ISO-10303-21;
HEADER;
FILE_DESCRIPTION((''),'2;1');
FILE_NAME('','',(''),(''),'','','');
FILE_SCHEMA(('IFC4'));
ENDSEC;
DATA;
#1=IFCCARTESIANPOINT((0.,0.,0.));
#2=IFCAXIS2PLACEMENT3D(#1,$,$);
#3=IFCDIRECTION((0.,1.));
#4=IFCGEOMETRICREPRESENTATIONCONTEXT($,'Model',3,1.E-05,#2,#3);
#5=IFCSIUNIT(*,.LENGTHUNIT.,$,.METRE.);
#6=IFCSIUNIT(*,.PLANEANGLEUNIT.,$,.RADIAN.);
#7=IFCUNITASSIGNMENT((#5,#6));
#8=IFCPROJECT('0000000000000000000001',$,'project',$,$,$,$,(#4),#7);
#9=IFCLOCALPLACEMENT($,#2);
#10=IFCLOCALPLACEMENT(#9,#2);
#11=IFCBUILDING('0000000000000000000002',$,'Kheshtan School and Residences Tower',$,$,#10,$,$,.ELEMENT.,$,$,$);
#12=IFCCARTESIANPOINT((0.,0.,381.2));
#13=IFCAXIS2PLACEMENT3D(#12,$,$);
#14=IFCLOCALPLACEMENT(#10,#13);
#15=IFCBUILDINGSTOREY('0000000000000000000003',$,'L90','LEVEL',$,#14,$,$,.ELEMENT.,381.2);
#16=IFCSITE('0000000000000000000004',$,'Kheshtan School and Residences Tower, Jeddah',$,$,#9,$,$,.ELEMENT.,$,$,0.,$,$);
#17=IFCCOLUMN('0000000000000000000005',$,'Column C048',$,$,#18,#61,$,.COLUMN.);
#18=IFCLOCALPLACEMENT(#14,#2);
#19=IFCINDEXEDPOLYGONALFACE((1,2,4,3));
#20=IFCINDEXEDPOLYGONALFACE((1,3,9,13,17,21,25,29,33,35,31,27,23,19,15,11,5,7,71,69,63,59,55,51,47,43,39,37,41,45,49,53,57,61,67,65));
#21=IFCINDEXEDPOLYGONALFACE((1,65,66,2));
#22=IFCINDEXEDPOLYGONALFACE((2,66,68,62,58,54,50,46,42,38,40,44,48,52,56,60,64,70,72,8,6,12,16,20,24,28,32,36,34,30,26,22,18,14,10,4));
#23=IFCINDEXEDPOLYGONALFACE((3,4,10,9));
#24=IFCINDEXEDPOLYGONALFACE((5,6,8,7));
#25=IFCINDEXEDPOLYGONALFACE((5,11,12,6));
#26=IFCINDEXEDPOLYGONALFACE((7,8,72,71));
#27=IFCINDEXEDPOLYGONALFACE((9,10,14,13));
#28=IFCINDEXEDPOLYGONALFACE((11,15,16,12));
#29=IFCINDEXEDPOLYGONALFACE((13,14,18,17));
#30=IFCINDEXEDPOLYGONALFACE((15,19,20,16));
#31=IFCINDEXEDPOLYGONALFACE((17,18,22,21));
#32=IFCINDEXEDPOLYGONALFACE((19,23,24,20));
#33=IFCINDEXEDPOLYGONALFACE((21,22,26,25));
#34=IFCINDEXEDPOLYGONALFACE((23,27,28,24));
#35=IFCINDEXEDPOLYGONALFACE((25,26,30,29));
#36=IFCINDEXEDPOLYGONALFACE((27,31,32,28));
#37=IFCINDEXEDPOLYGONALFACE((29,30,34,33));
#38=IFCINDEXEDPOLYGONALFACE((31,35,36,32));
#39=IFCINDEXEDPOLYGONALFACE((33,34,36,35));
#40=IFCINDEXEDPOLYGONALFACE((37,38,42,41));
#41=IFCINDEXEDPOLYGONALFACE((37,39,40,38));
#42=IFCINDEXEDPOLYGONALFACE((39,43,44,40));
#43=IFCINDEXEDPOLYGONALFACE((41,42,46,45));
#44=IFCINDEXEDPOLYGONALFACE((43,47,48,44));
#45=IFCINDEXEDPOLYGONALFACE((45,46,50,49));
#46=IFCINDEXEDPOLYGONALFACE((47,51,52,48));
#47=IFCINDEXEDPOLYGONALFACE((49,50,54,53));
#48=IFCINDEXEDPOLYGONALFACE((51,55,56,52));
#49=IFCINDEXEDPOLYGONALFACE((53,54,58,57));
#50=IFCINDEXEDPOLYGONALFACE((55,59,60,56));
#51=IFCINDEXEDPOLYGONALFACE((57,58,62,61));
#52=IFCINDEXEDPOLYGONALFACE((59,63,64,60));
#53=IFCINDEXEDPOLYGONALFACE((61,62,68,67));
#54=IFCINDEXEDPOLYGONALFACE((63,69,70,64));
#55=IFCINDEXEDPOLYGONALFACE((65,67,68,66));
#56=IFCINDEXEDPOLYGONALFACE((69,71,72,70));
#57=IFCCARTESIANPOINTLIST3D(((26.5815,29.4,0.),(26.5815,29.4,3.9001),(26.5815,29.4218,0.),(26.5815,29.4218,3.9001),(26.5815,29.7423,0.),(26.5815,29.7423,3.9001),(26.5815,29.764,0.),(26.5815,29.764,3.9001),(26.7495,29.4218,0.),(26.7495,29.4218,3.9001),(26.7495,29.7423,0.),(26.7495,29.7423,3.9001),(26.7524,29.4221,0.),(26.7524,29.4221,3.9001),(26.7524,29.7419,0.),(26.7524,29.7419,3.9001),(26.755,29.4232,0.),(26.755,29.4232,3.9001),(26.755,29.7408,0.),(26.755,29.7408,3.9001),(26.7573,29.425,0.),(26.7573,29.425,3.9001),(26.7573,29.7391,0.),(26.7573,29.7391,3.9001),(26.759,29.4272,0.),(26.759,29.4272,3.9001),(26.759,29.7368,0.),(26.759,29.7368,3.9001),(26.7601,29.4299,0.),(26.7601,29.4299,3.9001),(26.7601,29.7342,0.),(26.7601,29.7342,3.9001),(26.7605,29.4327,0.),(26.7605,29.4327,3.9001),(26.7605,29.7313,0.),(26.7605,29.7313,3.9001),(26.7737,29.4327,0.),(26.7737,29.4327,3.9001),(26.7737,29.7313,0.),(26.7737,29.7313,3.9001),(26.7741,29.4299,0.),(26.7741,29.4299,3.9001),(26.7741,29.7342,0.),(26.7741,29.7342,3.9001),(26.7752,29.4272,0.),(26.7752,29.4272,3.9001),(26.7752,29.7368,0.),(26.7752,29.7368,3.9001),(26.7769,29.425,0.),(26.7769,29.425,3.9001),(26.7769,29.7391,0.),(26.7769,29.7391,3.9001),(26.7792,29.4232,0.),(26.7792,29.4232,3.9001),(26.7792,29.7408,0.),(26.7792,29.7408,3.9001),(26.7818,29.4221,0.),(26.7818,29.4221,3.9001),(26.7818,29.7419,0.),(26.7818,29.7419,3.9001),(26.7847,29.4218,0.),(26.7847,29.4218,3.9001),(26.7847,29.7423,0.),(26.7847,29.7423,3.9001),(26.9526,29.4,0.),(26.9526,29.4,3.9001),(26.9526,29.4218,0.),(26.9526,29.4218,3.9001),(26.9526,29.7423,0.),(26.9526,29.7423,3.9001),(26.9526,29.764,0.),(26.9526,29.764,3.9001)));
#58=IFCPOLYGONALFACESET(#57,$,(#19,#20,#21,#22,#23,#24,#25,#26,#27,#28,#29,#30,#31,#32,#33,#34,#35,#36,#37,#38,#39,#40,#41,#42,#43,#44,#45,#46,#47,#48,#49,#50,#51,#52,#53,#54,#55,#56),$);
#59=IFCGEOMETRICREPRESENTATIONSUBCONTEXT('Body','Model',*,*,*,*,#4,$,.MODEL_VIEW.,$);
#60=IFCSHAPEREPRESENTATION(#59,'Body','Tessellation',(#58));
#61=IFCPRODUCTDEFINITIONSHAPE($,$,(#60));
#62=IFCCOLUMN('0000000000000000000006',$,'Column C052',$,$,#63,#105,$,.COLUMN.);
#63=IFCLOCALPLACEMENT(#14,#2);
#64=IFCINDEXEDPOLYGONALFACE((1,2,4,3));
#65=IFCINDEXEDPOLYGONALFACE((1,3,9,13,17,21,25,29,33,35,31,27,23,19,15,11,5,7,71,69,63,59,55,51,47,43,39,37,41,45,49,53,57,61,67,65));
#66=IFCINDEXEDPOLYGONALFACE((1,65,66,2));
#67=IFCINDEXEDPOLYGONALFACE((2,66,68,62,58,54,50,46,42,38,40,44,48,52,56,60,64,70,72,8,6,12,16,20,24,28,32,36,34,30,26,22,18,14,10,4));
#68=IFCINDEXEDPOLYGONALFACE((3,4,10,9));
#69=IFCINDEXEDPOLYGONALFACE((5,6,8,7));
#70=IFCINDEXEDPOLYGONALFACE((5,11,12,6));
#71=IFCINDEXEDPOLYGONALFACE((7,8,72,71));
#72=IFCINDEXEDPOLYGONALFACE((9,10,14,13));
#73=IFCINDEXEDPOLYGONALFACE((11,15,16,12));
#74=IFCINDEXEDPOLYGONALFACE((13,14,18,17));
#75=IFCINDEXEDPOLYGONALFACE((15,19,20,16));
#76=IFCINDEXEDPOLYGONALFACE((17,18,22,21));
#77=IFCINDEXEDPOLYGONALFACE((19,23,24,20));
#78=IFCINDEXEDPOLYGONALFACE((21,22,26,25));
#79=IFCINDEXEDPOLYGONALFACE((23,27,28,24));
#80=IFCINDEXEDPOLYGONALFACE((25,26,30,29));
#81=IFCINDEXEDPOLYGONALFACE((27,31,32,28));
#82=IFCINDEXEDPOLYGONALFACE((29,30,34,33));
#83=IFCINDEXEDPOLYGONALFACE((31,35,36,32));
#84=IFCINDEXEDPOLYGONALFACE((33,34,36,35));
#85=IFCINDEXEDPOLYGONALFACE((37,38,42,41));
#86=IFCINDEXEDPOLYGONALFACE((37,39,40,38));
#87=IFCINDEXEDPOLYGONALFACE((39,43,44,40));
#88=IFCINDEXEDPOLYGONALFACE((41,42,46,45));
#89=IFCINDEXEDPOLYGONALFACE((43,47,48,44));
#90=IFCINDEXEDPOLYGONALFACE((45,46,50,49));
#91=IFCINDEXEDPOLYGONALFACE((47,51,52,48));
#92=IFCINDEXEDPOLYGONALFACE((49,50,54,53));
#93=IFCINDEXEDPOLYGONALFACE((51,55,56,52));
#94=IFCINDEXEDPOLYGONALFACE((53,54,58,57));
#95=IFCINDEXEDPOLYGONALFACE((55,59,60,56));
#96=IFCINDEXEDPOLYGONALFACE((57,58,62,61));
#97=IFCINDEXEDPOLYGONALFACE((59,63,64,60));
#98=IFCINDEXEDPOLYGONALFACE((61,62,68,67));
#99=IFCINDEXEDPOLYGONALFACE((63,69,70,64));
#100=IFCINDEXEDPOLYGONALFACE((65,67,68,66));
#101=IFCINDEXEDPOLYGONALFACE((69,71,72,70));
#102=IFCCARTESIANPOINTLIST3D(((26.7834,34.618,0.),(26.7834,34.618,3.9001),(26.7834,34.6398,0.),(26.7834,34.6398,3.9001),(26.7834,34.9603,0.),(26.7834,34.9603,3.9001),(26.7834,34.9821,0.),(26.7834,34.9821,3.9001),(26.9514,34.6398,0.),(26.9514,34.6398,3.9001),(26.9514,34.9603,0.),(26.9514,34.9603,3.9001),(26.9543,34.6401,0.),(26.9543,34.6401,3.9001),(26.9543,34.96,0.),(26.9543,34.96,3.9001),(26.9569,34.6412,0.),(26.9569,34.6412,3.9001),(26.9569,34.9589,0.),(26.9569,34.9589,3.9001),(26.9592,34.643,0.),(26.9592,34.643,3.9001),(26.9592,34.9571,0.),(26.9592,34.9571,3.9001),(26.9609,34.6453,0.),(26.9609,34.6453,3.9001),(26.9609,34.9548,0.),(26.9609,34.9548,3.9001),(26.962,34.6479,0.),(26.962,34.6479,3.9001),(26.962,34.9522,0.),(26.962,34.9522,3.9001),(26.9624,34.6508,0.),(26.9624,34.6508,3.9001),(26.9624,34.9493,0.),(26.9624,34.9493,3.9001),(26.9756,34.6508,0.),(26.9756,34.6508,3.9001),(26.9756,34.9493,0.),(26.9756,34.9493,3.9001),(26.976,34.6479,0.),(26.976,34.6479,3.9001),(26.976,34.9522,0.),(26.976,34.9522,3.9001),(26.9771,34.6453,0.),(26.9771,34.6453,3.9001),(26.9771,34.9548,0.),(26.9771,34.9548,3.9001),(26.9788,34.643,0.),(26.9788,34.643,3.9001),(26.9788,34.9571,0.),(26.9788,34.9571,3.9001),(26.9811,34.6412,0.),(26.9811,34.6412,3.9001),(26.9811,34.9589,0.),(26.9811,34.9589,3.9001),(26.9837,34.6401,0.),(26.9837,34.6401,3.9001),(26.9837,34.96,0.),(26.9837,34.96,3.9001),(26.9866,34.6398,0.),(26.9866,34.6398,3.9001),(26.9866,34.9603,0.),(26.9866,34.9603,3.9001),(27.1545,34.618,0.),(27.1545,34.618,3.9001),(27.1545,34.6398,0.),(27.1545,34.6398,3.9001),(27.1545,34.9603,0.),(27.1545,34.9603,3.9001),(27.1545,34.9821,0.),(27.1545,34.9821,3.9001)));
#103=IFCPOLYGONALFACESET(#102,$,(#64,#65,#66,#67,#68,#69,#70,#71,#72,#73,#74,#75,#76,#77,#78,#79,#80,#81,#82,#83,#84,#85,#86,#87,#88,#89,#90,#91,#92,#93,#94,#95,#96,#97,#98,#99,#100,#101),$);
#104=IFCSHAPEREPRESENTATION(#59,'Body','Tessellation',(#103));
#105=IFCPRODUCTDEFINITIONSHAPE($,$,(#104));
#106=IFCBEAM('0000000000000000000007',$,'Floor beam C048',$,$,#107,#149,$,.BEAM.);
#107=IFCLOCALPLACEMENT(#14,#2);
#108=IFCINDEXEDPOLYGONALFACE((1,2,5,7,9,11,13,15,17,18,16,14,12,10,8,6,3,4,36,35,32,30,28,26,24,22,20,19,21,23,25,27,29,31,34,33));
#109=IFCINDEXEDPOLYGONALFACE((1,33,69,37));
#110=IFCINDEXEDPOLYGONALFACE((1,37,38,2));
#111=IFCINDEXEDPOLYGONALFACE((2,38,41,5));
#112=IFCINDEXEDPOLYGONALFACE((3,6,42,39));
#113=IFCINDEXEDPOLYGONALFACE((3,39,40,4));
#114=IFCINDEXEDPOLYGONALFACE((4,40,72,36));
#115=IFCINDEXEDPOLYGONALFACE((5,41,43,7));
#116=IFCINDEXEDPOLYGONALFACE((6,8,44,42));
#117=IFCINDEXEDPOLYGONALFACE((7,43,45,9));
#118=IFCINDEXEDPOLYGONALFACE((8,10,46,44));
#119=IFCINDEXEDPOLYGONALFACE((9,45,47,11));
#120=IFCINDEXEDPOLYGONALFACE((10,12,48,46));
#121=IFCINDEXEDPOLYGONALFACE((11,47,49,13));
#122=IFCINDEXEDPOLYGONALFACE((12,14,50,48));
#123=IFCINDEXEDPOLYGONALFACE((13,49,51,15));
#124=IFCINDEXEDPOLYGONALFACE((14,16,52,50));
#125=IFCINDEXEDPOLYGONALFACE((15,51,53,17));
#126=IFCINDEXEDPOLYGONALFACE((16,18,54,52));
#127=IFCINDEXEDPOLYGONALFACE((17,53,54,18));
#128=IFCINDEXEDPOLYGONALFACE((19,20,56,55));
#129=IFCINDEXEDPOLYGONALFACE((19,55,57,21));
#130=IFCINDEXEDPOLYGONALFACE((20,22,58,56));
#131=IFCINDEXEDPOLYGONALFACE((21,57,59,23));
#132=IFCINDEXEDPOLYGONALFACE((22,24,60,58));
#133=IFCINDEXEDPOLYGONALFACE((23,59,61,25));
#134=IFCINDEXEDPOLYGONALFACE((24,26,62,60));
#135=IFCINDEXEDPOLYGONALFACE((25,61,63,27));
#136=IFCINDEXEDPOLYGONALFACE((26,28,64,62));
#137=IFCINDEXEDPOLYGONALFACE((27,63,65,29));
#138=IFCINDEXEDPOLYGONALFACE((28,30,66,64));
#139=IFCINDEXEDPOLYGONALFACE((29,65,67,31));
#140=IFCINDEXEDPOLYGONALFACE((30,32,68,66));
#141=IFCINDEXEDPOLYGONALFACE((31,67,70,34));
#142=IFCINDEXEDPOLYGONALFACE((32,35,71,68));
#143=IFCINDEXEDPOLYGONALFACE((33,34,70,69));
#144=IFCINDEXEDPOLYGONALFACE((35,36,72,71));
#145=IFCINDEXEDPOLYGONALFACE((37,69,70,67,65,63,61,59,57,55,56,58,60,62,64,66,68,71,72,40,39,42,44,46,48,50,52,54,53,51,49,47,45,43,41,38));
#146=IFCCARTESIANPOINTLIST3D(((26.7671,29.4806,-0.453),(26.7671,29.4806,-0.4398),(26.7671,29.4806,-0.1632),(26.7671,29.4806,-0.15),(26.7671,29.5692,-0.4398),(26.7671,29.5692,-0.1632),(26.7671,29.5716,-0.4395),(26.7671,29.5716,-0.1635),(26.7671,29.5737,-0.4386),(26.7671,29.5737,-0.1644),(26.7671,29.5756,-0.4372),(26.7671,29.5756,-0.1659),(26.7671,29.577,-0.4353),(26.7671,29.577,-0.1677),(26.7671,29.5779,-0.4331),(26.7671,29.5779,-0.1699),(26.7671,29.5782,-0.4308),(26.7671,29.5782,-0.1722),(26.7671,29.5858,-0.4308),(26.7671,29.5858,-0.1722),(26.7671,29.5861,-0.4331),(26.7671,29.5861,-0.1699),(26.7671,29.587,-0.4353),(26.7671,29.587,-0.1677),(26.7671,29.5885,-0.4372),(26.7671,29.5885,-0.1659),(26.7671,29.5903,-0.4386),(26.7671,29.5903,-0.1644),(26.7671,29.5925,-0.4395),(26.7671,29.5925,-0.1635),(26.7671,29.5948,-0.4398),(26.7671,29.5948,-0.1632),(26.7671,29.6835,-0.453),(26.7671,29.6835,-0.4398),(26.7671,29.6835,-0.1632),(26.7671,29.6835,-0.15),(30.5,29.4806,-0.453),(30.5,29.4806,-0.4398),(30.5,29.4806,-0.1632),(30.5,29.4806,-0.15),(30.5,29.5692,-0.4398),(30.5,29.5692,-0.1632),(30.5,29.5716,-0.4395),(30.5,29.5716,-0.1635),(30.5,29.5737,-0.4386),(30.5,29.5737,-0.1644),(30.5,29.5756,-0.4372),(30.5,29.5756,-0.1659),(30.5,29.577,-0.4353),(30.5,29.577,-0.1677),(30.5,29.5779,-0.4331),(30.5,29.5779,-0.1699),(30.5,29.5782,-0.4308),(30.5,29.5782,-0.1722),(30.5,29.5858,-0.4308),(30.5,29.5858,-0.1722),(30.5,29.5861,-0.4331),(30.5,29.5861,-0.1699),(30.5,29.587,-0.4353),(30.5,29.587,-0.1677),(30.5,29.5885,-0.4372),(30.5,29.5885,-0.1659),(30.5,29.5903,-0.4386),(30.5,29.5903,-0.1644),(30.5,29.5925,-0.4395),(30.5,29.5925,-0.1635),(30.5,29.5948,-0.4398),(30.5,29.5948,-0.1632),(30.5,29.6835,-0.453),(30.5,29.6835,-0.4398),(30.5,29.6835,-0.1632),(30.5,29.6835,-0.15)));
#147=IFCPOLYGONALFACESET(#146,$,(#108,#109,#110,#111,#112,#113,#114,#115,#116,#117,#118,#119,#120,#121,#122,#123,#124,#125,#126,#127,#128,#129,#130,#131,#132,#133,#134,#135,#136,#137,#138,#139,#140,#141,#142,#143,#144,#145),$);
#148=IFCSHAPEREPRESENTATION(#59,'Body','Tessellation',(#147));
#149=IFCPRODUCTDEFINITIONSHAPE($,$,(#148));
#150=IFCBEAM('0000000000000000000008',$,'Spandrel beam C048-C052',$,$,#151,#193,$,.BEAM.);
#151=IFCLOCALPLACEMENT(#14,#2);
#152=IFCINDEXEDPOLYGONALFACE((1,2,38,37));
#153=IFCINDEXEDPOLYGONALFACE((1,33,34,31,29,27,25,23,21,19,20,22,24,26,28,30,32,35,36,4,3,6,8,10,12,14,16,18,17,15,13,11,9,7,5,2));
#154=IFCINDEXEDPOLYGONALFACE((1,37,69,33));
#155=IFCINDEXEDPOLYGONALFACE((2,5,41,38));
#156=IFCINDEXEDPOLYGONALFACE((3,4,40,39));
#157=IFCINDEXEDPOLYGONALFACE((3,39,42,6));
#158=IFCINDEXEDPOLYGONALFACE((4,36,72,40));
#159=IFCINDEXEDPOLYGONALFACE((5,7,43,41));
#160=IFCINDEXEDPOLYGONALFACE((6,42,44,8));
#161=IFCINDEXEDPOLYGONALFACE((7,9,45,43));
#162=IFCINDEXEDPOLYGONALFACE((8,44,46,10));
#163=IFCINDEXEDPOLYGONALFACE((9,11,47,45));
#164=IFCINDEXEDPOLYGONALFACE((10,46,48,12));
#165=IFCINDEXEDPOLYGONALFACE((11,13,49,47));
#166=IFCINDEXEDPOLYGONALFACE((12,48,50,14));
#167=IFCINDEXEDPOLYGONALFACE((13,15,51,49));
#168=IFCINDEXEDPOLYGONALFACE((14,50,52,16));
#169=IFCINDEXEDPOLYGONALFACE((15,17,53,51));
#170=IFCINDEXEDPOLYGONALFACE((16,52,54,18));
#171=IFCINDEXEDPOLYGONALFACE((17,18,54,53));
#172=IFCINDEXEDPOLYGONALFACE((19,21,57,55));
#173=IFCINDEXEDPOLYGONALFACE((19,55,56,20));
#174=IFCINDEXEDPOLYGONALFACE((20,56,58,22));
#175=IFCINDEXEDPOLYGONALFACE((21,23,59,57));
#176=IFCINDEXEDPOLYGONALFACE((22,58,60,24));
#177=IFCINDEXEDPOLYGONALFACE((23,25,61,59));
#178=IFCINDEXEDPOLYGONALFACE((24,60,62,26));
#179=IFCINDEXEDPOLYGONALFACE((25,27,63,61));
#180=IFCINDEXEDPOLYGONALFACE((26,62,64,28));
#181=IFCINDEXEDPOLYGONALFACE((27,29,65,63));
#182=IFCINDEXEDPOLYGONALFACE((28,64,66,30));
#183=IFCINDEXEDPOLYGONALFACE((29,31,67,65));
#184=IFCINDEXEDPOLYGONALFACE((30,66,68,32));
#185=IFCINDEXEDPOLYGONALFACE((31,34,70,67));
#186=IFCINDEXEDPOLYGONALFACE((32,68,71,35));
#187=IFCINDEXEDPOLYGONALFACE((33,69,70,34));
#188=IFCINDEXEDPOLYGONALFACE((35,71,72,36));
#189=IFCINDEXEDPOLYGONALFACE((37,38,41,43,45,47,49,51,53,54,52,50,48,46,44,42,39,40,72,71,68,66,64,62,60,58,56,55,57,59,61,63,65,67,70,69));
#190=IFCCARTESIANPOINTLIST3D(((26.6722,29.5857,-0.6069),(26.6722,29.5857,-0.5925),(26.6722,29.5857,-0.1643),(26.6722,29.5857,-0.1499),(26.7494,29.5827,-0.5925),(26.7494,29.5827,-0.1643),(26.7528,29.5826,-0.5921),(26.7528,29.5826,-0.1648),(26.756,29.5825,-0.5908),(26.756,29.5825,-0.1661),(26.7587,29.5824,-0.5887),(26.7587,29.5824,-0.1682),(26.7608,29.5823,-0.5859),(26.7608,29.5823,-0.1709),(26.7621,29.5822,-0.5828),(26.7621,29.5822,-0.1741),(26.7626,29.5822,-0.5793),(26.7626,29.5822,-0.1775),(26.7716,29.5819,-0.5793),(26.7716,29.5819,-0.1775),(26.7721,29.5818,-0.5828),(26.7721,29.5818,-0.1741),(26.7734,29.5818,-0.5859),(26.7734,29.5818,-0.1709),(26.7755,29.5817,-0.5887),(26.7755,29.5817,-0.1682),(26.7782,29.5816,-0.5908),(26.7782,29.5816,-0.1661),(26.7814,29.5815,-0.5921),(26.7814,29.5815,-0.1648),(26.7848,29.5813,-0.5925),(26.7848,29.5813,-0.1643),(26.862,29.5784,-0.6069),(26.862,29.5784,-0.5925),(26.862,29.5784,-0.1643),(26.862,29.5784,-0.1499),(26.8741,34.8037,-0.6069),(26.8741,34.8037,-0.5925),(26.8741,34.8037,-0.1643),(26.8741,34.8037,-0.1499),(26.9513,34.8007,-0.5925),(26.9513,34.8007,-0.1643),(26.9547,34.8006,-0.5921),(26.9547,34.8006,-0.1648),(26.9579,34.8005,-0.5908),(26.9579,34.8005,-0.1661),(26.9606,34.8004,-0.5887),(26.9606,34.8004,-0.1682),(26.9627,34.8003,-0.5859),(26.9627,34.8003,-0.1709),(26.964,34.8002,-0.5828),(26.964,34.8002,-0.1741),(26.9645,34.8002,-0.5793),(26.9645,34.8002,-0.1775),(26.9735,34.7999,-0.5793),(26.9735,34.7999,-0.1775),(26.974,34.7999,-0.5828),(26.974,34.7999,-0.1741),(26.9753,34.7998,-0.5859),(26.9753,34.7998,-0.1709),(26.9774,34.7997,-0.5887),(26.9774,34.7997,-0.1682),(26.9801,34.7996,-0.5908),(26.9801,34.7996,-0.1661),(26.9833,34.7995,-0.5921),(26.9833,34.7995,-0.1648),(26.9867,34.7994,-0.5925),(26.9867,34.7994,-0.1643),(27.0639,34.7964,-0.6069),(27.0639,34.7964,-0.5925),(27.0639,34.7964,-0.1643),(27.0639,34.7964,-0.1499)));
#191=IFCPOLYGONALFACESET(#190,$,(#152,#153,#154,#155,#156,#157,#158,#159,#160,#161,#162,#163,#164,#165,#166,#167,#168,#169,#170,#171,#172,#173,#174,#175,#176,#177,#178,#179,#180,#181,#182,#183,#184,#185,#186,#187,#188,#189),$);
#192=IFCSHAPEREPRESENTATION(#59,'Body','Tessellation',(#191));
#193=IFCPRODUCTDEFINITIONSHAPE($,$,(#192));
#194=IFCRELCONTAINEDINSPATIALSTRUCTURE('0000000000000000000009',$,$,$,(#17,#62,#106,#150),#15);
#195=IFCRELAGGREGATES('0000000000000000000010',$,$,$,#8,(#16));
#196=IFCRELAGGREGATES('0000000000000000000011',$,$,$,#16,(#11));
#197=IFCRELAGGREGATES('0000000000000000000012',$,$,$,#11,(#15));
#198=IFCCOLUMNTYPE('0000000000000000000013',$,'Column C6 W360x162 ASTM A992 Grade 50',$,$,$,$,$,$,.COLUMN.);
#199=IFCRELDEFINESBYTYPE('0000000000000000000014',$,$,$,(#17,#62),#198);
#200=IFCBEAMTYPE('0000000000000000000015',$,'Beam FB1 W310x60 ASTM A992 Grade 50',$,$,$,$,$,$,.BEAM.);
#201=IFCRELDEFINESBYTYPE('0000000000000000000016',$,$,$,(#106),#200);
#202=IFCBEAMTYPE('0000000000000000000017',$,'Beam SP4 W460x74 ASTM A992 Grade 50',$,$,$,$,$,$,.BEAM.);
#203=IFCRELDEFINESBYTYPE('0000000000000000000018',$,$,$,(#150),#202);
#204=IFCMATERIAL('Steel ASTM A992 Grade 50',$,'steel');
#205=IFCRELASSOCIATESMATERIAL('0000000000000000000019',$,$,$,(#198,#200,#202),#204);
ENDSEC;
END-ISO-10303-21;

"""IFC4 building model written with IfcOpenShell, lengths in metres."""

from ifc_helpers import new_model, si_unit, direction, frame, origin, origin_2d, place, context, subcontext, project, spatial, i_section, extrude, material, material_profile, profile_set, type_object, element, save


model = new_model("IFC4")

# Units and contexts
model_context = context("Model", 3, precision=1e-05, world=origin(), true_north=direction((0.0, 1.0)))
body_context = subcontext(model_context, "Body", "Model", "MODEL_VIEW")
ifc_project = project(units=[si_unit("LENGTHUNIT", "METRE"), si_unit("PLANEANGLEUNIT", "RADIAN")], contexts=[model_context])

# Site, building, storey
site_placement = place(None, origin())
site = spatial("IfcSite", under=ifc_project, at=site_placement, Name="Kheshtan School and Residences Tower, Jeddah", CompositionType="ELEMENT", RefElevation=0.0)
building_placement = place(site_placement, origin())
building = spatial("IfcBuilding", under=site, at=building_placement, Name="Kheshtan School and Residences Tower", CompositionType="ELEMENT")
storey_placement = place(building_placement, frame((0.0, 0.0, 381.2)))
storey = spatial("IfcBuildingStorey", under=building, at=storey_placement, Name="L90", Description="LEVEL", CompositionType="ELEMENT", Elevation=381.2)

# Columns
ifc_material_1 = material(Name="Steel ASTM A992 Grade 50", Category="steel")
ifc_material_profile_1 = material_profile(ifc_material_1, i_section(OverallWidth=0.3711, OverallDepth=0.364, WebThickness=0.0132, FlangeThickness=0.0217, FilletRadius=0.011, at=origin_2d()), Name="W360x162")
ifc_profile_set_1 = profile_set([ifc_material_profile_1], Name="Steel ASTM A992 Grade 50")
column_type = type_object("IfcColumnType", Name="Column C6 W360x162 ASTM A992 Grade 50", PredefinedType="COLUMN", material=ifc_profile_set_1)
for number, where, z_axis, x_axis, name in (
    (1, (26.7671, 29.582, 0.0), (0.0, 0.0, 1.0), (1.0, 0.0, 0.0), "Column C048"),
    (2, (26.969, 34.8, 0.0), (0.0, 0.0, 1.0), (1.0, 0.0, 0.0), "Column C052"),
):
    element("IfcColumn", number, at=place(storey_placement, frame(where, z_axis=z_axis, x_axis=x_axis)), inside=storey, type_object=column_type, Name=name, PredefinedType="COLUMN", context=body_context, shape_type="SweptSolid", body=[
        extrude(i_section(OverallWidth=0.3711, OverallDepth=0.364, WebThickness=0.0132, FlangeThickness=0.0217, FilletRadius=0.011, at=origin_2d()), origin(), (0.0, 0.0, 1.0), 3.9001),
    ])

# Beams
ifc_material_profile_2 = material_profile(ifc_material_1, i_section(OverallWidth=0.2029, OverallDepth=0.303, WebThickness=0.0076, FlangeThickness=0.0132, FilletRadius=0.009, at=origin_2d()), Name="W310x60")
ifc_profile_set_2 = profile_set([ifc_material_profile_2], Name="Steel ASTM A992 Grade 50")
beam_type_1 = type_object("IfcBeamType", Name="Beam FB1 W310x60 ASTM A992 Grade 50", PredefinedType="BEAM", material=ifc_profile_set_2)
beam_1_placement = place(storey_placement, frame((26.7671, 29.582, -0.3015), z_axis=(1.0, 0.0, 0.0), x_axis=(0.0, 1.0, 0.0)))
element("IfcBeam", 3, at=beam_1_placement, inside=storey, type_object=beam_type_1, Name="Floor beam C048", PredefinedType="BEAM", context=body_context, shape_type="SweptSolid", body=[
    extrude(i_section(OverallWidth=0.2029, OverallDepth=0.303, WebThickness=0.0076, FlangeThickness=0.0132, FilletRadius=0.009, at=origin_2d()), origin(), (0.0, 0.0, 1.0), 3.7329),
])
ifc_material_profile_3 = material_profile(ifc_material_1, i_section(OverallWidth=0.1899, OverallDepth=0.457, WebThickness=0.009, FlangeThickness=0.0144, FilletRadius=0.0132, at=origin_2d()), Name="W460x74")
ifc_profile_set_3 = profile_set([ifc_material_profile_3], Name="Steel ASTM A992 Grade 50")
beam_type_2 = type_object("IfcBeamType", Name="Beam SP4 W460x74 ASTM A992 Grade 50", PredefinedType="BEAM", material=ifc_profile_set_3)
beam_2_placement = place(storey_placement, frame((26.7671, 29.582, -0.3784), z_axis=(0.038665, 0.999252, 0.0), x_axis=(-0.999252, 0.038665, 0.0)))
element("IfcBeam", 4, at=beam_2_placement, inside=storey, type_object=beam_type_2, Name="Spandrel beam C048-C052", PredefinedType="BEAM", context=body_context, shape_type="SweptSolid", body=[
    extrude(i_section(OverallWidth=0.1899, OverallDepth=0.457, WebThickness=0.009, FlangeThickness=0.0144, FilletRadius=0.0132, at=origin_2d()), origin(), (0.0, 0.0, 1.0), 5.2219),
])

save(model, "model.ifc")
